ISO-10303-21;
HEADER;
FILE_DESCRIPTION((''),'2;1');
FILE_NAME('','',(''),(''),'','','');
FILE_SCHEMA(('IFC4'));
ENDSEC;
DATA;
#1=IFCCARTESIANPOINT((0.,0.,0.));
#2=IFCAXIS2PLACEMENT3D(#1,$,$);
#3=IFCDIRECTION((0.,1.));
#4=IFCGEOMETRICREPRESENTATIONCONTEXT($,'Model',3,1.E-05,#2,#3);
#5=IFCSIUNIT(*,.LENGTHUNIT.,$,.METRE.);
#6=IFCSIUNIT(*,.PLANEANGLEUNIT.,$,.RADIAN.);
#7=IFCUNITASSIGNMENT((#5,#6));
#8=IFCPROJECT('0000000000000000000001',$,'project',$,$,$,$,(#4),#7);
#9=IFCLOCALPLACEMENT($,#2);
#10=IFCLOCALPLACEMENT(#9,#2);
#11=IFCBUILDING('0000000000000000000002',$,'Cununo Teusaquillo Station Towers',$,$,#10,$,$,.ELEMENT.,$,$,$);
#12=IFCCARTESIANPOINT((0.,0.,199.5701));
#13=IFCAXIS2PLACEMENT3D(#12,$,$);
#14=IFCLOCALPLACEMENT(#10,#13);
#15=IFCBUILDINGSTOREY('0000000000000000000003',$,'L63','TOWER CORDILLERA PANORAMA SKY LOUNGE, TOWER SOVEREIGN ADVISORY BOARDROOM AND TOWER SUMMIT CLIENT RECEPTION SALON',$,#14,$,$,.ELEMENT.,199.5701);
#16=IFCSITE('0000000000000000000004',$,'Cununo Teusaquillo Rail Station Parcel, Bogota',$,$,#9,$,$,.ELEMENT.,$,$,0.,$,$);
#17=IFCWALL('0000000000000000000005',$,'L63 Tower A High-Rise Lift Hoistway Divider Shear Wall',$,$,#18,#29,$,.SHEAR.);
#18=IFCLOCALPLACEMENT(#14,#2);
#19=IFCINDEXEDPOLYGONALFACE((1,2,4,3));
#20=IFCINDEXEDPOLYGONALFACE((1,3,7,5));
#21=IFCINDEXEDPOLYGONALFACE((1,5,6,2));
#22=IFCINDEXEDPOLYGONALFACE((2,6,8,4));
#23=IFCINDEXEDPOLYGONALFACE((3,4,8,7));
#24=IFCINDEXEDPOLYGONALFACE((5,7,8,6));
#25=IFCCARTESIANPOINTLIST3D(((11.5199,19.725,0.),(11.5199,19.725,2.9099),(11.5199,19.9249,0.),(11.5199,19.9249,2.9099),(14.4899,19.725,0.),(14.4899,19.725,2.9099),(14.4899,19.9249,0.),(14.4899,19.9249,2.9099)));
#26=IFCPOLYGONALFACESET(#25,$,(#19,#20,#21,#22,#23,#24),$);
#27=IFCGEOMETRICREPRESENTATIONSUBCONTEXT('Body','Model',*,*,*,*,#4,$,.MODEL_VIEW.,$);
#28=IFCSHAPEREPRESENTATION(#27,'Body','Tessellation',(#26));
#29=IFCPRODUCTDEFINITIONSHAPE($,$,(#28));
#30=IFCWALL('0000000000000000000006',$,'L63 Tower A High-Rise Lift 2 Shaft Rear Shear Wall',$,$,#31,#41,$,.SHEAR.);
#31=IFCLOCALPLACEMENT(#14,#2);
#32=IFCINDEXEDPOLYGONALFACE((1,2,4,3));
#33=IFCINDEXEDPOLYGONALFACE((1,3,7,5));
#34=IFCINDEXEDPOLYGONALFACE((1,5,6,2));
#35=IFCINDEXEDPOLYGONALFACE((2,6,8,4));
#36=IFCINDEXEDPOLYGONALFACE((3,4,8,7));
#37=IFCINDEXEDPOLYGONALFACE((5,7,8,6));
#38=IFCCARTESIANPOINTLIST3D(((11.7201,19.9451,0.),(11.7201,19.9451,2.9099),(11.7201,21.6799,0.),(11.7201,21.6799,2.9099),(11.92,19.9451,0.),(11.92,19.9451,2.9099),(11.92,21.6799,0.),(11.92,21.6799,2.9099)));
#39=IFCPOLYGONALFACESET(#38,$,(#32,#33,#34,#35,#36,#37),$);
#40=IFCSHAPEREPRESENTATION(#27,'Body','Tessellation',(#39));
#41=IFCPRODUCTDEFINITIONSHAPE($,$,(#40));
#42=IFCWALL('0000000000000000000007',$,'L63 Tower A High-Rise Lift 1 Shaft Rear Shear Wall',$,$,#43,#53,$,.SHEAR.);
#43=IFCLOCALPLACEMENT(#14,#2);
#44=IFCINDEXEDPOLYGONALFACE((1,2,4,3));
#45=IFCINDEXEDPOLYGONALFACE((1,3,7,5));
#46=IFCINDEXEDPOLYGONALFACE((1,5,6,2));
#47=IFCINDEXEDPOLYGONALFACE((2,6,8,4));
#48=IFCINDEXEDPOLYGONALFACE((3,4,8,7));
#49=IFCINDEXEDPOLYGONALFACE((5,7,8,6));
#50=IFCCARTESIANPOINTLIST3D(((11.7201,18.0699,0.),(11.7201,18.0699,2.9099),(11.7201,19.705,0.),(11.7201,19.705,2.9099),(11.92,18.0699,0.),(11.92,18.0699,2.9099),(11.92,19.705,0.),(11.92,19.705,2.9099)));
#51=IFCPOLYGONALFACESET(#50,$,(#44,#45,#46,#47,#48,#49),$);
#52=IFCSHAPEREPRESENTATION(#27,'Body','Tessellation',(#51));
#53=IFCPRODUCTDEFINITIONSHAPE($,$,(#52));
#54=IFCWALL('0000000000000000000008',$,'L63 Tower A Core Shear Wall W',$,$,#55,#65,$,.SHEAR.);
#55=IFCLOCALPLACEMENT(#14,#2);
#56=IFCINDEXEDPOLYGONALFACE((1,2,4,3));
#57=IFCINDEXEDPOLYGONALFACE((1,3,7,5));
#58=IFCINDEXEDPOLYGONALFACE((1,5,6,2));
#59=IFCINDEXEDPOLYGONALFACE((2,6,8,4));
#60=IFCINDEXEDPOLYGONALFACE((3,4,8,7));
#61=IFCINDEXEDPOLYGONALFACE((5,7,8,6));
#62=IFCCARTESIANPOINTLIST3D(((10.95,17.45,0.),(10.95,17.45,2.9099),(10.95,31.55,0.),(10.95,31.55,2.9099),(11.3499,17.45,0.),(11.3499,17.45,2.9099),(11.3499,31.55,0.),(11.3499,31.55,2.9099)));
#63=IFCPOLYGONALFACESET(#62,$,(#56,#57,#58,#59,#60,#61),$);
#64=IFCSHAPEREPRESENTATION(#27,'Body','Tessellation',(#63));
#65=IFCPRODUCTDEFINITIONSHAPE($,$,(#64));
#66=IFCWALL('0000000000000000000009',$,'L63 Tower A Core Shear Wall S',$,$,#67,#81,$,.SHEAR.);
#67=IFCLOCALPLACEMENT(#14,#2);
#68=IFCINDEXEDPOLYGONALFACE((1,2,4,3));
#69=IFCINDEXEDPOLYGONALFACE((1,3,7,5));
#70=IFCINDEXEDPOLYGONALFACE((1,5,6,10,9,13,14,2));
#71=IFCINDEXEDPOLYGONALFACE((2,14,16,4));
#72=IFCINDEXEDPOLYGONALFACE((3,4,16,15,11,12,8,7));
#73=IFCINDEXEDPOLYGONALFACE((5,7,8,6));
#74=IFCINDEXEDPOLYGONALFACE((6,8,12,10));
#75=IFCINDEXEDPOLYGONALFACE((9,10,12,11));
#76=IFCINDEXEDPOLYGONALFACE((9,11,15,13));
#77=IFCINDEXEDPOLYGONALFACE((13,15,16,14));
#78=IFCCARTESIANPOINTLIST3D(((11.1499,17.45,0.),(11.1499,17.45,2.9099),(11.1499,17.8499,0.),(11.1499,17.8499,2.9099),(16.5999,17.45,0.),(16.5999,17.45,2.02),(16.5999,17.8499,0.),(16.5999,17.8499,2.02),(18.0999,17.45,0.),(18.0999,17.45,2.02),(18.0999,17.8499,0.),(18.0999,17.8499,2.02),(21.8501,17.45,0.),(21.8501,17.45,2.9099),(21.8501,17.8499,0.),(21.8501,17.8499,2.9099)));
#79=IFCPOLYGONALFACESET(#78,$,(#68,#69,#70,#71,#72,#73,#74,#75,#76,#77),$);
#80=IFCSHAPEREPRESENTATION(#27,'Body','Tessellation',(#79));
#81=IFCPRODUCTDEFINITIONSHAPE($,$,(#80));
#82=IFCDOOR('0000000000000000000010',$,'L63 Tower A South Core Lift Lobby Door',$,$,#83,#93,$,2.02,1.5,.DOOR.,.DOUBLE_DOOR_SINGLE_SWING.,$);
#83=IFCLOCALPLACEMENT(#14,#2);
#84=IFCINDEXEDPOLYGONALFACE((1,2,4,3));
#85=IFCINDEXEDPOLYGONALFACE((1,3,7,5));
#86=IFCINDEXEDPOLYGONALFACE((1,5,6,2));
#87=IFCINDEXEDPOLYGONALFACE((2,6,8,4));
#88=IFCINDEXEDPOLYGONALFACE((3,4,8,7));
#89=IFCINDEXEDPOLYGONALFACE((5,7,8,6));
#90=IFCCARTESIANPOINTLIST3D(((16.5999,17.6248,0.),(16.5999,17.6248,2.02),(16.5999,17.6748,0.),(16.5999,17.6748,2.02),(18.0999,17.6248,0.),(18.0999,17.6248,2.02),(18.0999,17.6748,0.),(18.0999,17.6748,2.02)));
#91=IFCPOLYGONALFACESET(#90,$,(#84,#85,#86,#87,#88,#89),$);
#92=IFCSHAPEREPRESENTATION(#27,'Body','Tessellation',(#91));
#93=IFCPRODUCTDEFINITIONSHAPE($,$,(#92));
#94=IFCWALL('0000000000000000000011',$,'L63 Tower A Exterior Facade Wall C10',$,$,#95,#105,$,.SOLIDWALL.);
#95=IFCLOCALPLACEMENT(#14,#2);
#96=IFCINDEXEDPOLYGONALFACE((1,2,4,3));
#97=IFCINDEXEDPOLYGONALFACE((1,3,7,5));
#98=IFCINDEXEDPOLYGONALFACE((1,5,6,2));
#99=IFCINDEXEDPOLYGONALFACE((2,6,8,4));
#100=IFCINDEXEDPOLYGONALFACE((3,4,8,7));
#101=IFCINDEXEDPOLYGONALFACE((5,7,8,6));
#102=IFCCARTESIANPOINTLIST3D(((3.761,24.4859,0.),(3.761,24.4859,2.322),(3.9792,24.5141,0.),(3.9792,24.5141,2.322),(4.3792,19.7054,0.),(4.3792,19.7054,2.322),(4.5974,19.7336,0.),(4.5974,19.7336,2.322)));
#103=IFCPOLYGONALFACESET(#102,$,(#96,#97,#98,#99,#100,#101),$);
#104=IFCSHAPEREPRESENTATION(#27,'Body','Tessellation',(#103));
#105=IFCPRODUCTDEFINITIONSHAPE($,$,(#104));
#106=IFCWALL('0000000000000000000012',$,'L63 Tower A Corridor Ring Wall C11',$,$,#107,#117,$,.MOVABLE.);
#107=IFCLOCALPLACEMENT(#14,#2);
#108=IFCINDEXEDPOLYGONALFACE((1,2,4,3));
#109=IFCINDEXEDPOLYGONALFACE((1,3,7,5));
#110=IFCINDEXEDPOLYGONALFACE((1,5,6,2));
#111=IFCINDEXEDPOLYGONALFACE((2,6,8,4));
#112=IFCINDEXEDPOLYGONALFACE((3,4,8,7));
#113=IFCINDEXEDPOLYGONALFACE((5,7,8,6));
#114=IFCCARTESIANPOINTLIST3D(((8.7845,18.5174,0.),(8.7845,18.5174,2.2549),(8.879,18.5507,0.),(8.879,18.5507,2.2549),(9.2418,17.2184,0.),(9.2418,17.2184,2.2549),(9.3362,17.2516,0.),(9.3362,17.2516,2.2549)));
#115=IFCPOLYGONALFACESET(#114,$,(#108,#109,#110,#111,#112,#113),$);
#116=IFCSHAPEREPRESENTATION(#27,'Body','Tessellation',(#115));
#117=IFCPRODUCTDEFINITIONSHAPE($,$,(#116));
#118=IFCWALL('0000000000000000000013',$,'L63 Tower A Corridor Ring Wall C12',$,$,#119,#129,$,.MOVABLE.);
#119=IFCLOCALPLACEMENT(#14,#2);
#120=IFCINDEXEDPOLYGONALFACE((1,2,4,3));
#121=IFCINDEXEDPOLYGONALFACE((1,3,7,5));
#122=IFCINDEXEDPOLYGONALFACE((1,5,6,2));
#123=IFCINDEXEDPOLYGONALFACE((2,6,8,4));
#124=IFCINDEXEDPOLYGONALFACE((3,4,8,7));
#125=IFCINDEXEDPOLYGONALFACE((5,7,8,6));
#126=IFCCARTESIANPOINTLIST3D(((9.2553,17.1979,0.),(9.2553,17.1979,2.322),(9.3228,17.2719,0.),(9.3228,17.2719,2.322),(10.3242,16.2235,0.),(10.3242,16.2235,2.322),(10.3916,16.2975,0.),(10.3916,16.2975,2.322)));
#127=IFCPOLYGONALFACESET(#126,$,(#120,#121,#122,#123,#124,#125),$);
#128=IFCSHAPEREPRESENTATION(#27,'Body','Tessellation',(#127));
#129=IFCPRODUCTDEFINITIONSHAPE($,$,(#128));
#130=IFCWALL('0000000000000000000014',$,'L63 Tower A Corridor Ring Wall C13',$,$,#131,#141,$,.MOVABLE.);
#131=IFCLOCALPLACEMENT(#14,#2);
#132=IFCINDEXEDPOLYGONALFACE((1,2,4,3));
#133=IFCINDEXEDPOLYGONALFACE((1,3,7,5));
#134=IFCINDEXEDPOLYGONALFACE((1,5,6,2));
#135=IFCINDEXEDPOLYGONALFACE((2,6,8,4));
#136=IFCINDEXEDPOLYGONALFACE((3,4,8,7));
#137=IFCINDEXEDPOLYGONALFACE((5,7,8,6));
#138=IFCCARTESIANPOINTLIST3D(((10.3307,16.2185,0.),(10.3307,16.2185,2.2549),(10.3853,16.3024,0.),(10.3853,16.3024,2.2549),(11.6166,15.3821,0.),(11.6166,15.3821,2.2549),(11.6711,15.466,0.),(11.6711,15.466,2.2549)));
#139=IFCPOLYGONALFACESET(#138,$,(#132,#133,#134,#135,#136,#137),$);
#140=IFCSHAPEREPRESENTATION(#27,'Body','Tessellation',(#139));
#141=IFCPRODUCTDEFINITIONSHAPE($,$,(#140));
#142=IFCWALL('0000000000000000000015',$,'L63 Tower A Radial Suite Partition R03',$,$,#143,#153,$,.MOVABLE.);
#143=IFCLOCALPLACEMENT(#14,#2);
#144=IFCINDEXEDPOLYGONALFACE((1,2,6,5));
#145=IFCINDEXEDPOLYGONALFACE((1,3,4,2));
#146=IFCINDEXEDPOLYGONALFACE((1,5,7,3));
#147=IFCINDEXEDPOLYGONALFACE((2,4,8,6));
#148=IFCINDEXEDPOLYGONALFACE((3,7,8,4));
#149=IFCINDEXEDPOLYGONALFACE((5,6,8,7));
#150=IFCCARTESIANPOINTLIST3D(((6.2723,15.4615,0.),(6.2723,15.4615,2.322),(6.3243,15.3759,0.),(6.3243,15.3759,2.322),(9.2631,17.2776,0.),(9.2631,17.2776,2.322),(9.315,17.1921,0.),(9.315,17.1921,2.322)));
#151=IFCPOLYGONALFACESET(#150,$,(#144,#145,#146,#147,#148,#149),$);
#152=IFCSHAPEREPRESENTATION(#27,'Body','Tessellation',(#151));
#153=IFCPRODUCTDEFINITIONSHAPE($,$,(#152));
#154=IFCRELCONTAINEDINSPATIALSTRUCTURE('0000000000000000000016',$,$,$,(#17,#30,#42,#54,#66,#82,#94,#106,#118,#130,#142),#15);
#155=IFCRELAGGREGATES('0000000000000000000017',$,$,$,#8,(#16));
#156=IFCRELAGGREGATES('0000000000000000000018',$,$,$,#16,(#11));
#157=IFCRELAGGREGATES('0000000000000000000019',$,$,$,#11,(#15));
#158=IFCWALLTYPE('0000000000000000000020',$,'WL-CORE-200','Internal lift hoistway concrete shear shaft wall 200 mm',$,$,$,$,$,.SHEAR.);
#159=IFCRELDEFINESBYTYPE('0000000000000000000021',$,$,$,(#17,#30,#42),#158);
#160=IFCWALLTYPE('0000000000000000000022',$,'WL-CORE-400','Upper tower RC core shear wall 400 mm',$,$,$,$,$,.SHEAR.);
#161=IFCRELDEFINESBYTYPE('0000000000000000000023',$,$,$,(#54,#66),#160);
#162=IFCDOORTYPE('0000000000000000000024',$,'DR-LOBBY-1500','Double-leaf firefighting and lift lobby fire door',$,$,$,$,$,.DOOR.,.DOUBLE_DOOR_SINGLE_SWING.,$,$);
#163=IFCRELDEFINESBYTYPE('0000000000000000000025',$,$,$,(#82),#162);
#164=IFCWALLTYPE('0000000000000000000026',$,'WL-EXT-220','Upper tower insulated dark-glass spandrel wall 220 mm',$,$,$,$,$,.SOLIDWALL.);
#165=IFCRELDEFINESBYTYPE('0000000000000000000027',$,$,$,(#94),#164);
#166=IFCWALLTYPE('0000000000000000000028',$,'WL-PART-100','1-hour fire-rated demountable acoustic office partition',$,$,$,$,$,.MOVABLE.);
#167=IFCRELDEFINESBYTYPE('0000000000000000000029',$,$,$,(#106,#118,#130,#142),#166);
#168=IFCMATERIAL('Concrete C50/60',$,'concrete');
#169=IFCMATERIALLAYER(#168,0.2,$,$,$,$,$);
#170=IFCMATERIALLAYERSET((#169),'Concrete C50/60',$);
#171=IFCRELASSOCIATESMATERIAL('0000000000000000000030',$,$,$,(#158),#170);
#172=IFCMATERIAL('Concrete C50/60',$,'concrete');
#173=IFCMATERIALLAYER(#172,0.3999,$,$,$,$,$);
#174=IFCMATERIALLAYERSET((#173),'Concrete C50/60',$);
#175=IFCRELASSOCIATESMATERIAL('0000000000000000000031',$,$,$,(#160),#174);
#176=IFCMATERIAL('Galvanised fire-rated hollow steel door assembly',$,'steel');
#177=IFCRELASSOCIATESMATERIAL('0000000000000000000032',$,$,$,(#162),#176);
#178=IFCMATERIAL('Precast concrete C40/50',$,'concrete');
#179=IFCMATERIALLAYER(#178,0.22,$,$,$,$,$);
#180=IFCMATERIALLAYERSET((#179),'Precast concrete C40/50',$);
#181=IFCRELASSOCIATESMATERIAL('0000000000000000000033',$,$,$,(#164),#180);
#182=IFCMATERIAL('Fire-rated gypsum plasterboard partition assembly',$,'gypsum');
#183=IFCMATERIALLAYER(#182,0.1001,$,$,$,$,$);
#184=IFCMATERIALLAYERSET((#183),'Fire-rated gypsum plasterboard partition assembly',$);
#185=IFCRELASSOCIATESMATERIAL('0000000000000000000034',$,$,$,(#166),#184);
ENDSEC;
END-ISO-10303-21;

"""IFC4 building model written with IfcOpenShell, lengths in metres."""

from ifc_helpers import new_model, si_unit, direction, frame, frame_2d, origin, place, context, subcontext, project, spatial, rectangle, extrude, source, transform, mapped, material, layer, layer_set, type_object, element, fill, save


model = new_model("IFC4")

# Units and contexts
model_context = context("Model", 3, precision=1e-05, world=origin(), true_north=direction((0.0, 1.0)))
body_context = subcontext(model_context, "Body", "Model", "MODEL_VIEW")
ifc_project = project(units=[si_unit("LENGTHUNIT", "METRE"), si_unit("PLANEANGLEUNIT", "RADIAN")], contexts=[model_context])

# Site, building, storey
site_placement = place(None, origin())
site = spatial("IfcSite", under=ifc_project, at=site_placement, Name="Cununo Teusaquillo Rail Station Parcel, Bogota", CompositionType="ELEMENT", RefElevation=0.0)
building_placement = place(site_placement, origin())
building = spatial("IfcBuilding", under=site, at=building_placement, Name="Cununo Teusaquillo Station Towers", CompositionType="ELEMENT")
storey_placement = place(building_placement, frame((0.0, 0.0, 199.5701)))
storey = spatial("IfcBuildingStorey", under=building, at=storey_placement, Name="L63", Description="TOWER CORDILLERA PANORAMA SKY LOUNGE, TOWER SOVEREIGN ADVISORY BOARDROOM AND TOWER SUMMIT CLIENT RECEPTION SALON", CompositionType="ELEMENT", Elevation=199.5701)

# Walls
ifc_material_1 = material(Name="Concrete C50/60", Category="concrete")
ifc_layer_1 = layer(ifc_material_1, 0.2)
ifc_layer_set_1 = layer_set([ifc_layer_1], Name="Concrete C50/60")
wall_type_1 = type_object("IfcWallType", Name="WL-CORE-200", Description="Internal lift hoistway concrete shear shaft wall 200 mm", PredefinedType="SHEAR", material=ifc_layer_set_1)
wall_1_placement = place(storey_placement, frame((11.52, 19.825, 0.0), z_axis=(0.0, 0.0, 1.0), x_axis=(1.0, 0.0, 0.0)))
element("IfcWall", 1, at=wall_1_placement, inside=storey, type_object=wall_type_1, Name="L63 Tower A High-Rise Lift Hoistway Divider Shear Wall", PredefinedType="SHEAR", context=body_context, shape_type="SweptSolid", body=[
    extrude(rectangle(XDim=2.97, YDim=0.2, at=frame_2d((1.4849, 0.0))), origin(), (0.0, 0.0, 1.0), 2.9099),
])
wall_2_placement = place(storey_placement, frame((11.8201, 19.9451, 0.0), z_axis=(0.0, 0.0, 1.0), x_axis=(0.0, 1.0, 0.0)))
element("IfcWall", 2, at=wall_2_placement, inside=storey, type_object=wall_type_1, Name="L63 Tower A High-Rise Lift 2 Shaft Rear Shear Wall", PredefinedType="SHEAR", context=body_context, shape_type="SweptSolid", body=[
    extrude(rectangle(XDim=1.7349, YDim=0.2, at=frame_2d((0.8674, 0.0))), origin(), (0.0, 0.0, 1.0), 2.9099),
])
wall_3_placement = place(storey_placement, frame((11.8201, 18.0701, 0.0), z_axis=(0.0, 0.0, 1.0), x_axis=(0.0, 1.0, 0.0)))
element("IfcWall", 3, at=wall_3_placement, inside=storey, type_object=wall_type_1, Name="L63 Tower A High-Rise Lift 1 Shaft Rear Shear Wall", PredefinedType="SHEAR", context=body_context, shape_type="SweptSolid", body=[
    extrude(rectangle(XDim=1.635, YDim=0.2, at=frame_2d((0.8174, 0.0))), origin(), (0.0, 0.0, 1.0), 2.9099),
])
ifc_material_2 = material(Name="Concrete C50/60", Category="concrete")
ifc_layer_2 = layer(ifc_material_2, 0.3999)
ifc_layer_set_2 = layer_set([ifc_layer_2], Name="Concrete C50/60")
wall_type_2 = type_object("IfcWallType", Name="WL-CORE-400", Description="Upper tower RC core shear wall 400 mm", PredefinedType="SHEAR", material=ifc_layer_set_2)
wall_4_placement = place(storey_placement, frame((11.1499, 17.45, 0.0), z_axis=(0.0, 0.0, 1.0), x_axis=(0.0, 1.0, 0.0)))
element("IfcWall", 4, at=wall_4_placement, inside=storey, type_object=wall_type_2, Name="L63 Tower A Core Shear Wall W", PredefinedType="SHEAR", context=body_context, shape_type="SweptSolid", body=[
    extrude(rectangle(XDim=14.1001, YDim=0.3999, at=frame_2d((7.05, 0.0))), origin(), (0.0, 0.0, 1.0), 2.9099),
])

# Wall, opening, door
wall_5_placement = place(storey_placement, frame((11.1499, 17.6499, 0.0), z_axis=(0.0, 0.0, 1.0), x_axis=(1.0, 0.0, 0.0)))
wall_5 = element("IfcWall", 5, at=wall_5_placement, inside=storey, type_object=wall_type_2, Name="L63 Tower A Core Shear Wall S", PredefinedType="SHEAR", context=body_context, shape_type="SweptSolid", body=[
    extrude(rectangle(XDim=10.7002, YDim=0.3999, at=frame_2d((5.3501, 0.0))), origin(), (0.0, 0.0, 1.0), 2.9099),
])
shared_shape_1 = source(origin(), body_context, "Body", "SweptSolid", [
    extrude(rectangle(XDim=1.5, YDim=2.02, at=frame_2d((0.75, 1.01))), frame((0.0, 0.21, 0.0), z_axis=(0.0, -1.0, 0.0), x_axis=(1.0, 0.0, 0.0)), (0.0, 0.0, 1.0), 0.4199),
])
opening_placement = place(wall_5_placement, frame((5.45, 0.0, 0.0)))
opening = element("IfcOpeningElement", 6, at=opening_placement, cuts=wall_5, PredefinedType="OPENING", context=body_context, shape_type="MappedRepresentation", body=[
    mapped(shared_shape_1, transform((0.0, 0.0, 0.0), x_axis=(1.0, 0.0, 0.0), y_axis=(0.0, 1.0, 0.0), z_axis=(0.0, 0.0, 1.0), scale=1.0)),
])
ifc_material_3 = material(Name="Galvanised fire-rated hollow steel door assembly", Category="steel")
door_type = type_object("IfcDoorType", Name="DR-LOBBY-1500", Description="Double-leaf firefighting and lift lobby fire door", OperationType="DOUBLE_DOOR_SINGLE_SWING", PredefinedType="DOOR", material=ifc_material_3)
shared_shape_2 = source(origin(), body_context, "Body", "SweptSolid", [
    extrude(rectangle(XDim=1.5, YDim=2.02, at=frame_2d((0.75, 1.01))), frame((0.0, 0.0249, 0.0), z_axis=(0.0, -1.0, 0.0), x_axis=(1.0, 0.0, 0.0)), (0.0, 0.0, 1.0), 0.05),
])
door_placement = place(opening_placement, origin())
door = element("IfcDoor", 7, at=door_placement, inside=storey, type_object=door_type, Name="L63 Tower A South Core Lift Lobby Door", OperationType="DOUBLE_DOOR_SINGLE_SWING", OverallHeight=2.02, OverallWidth=1.5, PredefinedType="DOOR", context=body_context, shape_type="MappedRepresentation", body=[
    mapped(shared_shape_2, transform((0.0, 0.0, 0.0), x_axis=(1.0, 0.0, 0.0), y_axis=(0.0, 1.0, 0.0), z_axis=(0.0, 0.0, 1.0), scale=1.0)),
])
fill(opening, door)

# Walls
ifc_material_4 = material(Name="Precast concrete C40/50", Category="concrete")
ifc_layer_3 = layer(ifc_material_4, 0.22)
ifc_layer_set_3 = layer_set([ifc_layer_3], Name="Precast concrete C40/50")
wall_type_3 = type_object("IfcWallType", Name="WL-EXT-220", Description="Upper tower insulated dark-glass spandrel wall 220 mm", PredefinedType="SOLIDWALL", material=ifc_layer_set_3)
wall_6_placement = place(storey_placement, frame((4.4883, 19.7195, 0.0), z_axis=(0.0, 0.0, 1.0), x_axis=(-0.128241, 0.991743, 0.0)))
element("IfcWall", 8, at=wall_6_placement, inside=storey, type_object=wall_type_3, Name="L63 Tower A Exterior Facade Wall C10", PredefinedType="SOLIDWALL", context=body_context, shape_type="SweptSolid", body=[
    extrude(rectangle(XDim=4.8203, YDim=0.22, at=frame_2d((2.4102, 0.0))), origin(), (0.0, 0.0, 1.0), 2.322),
])
ifc_material_5 = material(Name="Fire-rated gypsum plasterboard partition assembly", Category="gypsum")
ifc_layer_4 = layer(ifc_material_5, 0.1001)
ifc_layer_set_4 = layer_set([ifc_layer_4], Name="Fire-rated gypsum plasterboard partition assembly")
wall_type_4 = type_object("IfcWallType", Name="WL-PART-100", Description="1-hour fire-rated demountable acoustic office partition", PredefinedType="MOVABLE", material=ifc_layer_set_4)
wall_7_placement = place(storey_placement, frame((8.8318, 18.5339, 0.0), z_axis=(0.0, 0.0, 1.0), x_axis=(0.332032, -0.943268, 0.0)))
element("IfcWall", 9, at=wall_7_placement, inside=storey, type_object=wall_type_4, Name="L63 Tower A Corridor Ring Wall C11", PredefinedType="MOVABLE", context=body_context, shape_type="SweptSolid", body=[
    extrude(rectangle(XDim=1.3772, YDim=0.1001, at=frame_2d((0.6885, 0.0))), origin(), (0.0, 0.0, 1.0), 2.2549),
])
wall_8_placement = place(storey_placement, frame((9.2891, 17.2349, 0.0), z_axis=(0.0, 0.0, 1.0), x_axis=(0.739015, -0.673689, 0.0)))
element("IfcWall", 10, at=wall_8_placement, inside=storey, type_object=wall_type_4, Name="L63 Tower A Corridor Ring Wall C12", PredefinedType="MOVABLE", context=body_context, shape_type="SweptSolid", body=[
    extrude(rectangle(XDim=1.4463, YDim=0.1001, at=frame_2d((0.7231, 0.0))), origin(), (0.0, 0.0, 1.0), 2.322),
])
wall_9_placement = place(storey_placement, frame((10.3579, 16.2605, 0.0), z_axis=(0.0, 0.0, 1.0), x_axis=(0.838265, -0.545262, 0.0)))
element("IfcWall", 11, at=wall_9_placement, inside=storey, type_object=wall_type_4, Name="L63 Tower A Corridor Ring Wall C13", PredefinedType="MOVABLE", context=body_context, shape_type="SweptSolid", body=[
    extrude(rectangle(XDim=1.5339, YDim=0.1001, at=frame_2d((0.7671, 0.0))), origin(), (0.0, 0.0, 1.0), 2.2549),
])
wall_10_placement = place(storey_placement, frame((9.2891, 17.2349, 0.0), z_axis=(0.0, 0.0, 1.0), x_axis=(-0.854741, -0.519055, 0.0)))
element("IfcWall", 12, at=wall_10_placement, inside=storey, type_object=wall_type_4, Name="L63 Tower A Radial Suite Partition R03", PredefinedType="MOVABLE", context=body_context, shape_type="SweptSolid", body=[
    extrude(rectangle(XDim=3.499, YDim=0.1001, at=frame_2d((1.7495, 0.0))), origin(), (0.0, 0.0, 1.0), 2.322),
])

save(model, "model.ifc")
